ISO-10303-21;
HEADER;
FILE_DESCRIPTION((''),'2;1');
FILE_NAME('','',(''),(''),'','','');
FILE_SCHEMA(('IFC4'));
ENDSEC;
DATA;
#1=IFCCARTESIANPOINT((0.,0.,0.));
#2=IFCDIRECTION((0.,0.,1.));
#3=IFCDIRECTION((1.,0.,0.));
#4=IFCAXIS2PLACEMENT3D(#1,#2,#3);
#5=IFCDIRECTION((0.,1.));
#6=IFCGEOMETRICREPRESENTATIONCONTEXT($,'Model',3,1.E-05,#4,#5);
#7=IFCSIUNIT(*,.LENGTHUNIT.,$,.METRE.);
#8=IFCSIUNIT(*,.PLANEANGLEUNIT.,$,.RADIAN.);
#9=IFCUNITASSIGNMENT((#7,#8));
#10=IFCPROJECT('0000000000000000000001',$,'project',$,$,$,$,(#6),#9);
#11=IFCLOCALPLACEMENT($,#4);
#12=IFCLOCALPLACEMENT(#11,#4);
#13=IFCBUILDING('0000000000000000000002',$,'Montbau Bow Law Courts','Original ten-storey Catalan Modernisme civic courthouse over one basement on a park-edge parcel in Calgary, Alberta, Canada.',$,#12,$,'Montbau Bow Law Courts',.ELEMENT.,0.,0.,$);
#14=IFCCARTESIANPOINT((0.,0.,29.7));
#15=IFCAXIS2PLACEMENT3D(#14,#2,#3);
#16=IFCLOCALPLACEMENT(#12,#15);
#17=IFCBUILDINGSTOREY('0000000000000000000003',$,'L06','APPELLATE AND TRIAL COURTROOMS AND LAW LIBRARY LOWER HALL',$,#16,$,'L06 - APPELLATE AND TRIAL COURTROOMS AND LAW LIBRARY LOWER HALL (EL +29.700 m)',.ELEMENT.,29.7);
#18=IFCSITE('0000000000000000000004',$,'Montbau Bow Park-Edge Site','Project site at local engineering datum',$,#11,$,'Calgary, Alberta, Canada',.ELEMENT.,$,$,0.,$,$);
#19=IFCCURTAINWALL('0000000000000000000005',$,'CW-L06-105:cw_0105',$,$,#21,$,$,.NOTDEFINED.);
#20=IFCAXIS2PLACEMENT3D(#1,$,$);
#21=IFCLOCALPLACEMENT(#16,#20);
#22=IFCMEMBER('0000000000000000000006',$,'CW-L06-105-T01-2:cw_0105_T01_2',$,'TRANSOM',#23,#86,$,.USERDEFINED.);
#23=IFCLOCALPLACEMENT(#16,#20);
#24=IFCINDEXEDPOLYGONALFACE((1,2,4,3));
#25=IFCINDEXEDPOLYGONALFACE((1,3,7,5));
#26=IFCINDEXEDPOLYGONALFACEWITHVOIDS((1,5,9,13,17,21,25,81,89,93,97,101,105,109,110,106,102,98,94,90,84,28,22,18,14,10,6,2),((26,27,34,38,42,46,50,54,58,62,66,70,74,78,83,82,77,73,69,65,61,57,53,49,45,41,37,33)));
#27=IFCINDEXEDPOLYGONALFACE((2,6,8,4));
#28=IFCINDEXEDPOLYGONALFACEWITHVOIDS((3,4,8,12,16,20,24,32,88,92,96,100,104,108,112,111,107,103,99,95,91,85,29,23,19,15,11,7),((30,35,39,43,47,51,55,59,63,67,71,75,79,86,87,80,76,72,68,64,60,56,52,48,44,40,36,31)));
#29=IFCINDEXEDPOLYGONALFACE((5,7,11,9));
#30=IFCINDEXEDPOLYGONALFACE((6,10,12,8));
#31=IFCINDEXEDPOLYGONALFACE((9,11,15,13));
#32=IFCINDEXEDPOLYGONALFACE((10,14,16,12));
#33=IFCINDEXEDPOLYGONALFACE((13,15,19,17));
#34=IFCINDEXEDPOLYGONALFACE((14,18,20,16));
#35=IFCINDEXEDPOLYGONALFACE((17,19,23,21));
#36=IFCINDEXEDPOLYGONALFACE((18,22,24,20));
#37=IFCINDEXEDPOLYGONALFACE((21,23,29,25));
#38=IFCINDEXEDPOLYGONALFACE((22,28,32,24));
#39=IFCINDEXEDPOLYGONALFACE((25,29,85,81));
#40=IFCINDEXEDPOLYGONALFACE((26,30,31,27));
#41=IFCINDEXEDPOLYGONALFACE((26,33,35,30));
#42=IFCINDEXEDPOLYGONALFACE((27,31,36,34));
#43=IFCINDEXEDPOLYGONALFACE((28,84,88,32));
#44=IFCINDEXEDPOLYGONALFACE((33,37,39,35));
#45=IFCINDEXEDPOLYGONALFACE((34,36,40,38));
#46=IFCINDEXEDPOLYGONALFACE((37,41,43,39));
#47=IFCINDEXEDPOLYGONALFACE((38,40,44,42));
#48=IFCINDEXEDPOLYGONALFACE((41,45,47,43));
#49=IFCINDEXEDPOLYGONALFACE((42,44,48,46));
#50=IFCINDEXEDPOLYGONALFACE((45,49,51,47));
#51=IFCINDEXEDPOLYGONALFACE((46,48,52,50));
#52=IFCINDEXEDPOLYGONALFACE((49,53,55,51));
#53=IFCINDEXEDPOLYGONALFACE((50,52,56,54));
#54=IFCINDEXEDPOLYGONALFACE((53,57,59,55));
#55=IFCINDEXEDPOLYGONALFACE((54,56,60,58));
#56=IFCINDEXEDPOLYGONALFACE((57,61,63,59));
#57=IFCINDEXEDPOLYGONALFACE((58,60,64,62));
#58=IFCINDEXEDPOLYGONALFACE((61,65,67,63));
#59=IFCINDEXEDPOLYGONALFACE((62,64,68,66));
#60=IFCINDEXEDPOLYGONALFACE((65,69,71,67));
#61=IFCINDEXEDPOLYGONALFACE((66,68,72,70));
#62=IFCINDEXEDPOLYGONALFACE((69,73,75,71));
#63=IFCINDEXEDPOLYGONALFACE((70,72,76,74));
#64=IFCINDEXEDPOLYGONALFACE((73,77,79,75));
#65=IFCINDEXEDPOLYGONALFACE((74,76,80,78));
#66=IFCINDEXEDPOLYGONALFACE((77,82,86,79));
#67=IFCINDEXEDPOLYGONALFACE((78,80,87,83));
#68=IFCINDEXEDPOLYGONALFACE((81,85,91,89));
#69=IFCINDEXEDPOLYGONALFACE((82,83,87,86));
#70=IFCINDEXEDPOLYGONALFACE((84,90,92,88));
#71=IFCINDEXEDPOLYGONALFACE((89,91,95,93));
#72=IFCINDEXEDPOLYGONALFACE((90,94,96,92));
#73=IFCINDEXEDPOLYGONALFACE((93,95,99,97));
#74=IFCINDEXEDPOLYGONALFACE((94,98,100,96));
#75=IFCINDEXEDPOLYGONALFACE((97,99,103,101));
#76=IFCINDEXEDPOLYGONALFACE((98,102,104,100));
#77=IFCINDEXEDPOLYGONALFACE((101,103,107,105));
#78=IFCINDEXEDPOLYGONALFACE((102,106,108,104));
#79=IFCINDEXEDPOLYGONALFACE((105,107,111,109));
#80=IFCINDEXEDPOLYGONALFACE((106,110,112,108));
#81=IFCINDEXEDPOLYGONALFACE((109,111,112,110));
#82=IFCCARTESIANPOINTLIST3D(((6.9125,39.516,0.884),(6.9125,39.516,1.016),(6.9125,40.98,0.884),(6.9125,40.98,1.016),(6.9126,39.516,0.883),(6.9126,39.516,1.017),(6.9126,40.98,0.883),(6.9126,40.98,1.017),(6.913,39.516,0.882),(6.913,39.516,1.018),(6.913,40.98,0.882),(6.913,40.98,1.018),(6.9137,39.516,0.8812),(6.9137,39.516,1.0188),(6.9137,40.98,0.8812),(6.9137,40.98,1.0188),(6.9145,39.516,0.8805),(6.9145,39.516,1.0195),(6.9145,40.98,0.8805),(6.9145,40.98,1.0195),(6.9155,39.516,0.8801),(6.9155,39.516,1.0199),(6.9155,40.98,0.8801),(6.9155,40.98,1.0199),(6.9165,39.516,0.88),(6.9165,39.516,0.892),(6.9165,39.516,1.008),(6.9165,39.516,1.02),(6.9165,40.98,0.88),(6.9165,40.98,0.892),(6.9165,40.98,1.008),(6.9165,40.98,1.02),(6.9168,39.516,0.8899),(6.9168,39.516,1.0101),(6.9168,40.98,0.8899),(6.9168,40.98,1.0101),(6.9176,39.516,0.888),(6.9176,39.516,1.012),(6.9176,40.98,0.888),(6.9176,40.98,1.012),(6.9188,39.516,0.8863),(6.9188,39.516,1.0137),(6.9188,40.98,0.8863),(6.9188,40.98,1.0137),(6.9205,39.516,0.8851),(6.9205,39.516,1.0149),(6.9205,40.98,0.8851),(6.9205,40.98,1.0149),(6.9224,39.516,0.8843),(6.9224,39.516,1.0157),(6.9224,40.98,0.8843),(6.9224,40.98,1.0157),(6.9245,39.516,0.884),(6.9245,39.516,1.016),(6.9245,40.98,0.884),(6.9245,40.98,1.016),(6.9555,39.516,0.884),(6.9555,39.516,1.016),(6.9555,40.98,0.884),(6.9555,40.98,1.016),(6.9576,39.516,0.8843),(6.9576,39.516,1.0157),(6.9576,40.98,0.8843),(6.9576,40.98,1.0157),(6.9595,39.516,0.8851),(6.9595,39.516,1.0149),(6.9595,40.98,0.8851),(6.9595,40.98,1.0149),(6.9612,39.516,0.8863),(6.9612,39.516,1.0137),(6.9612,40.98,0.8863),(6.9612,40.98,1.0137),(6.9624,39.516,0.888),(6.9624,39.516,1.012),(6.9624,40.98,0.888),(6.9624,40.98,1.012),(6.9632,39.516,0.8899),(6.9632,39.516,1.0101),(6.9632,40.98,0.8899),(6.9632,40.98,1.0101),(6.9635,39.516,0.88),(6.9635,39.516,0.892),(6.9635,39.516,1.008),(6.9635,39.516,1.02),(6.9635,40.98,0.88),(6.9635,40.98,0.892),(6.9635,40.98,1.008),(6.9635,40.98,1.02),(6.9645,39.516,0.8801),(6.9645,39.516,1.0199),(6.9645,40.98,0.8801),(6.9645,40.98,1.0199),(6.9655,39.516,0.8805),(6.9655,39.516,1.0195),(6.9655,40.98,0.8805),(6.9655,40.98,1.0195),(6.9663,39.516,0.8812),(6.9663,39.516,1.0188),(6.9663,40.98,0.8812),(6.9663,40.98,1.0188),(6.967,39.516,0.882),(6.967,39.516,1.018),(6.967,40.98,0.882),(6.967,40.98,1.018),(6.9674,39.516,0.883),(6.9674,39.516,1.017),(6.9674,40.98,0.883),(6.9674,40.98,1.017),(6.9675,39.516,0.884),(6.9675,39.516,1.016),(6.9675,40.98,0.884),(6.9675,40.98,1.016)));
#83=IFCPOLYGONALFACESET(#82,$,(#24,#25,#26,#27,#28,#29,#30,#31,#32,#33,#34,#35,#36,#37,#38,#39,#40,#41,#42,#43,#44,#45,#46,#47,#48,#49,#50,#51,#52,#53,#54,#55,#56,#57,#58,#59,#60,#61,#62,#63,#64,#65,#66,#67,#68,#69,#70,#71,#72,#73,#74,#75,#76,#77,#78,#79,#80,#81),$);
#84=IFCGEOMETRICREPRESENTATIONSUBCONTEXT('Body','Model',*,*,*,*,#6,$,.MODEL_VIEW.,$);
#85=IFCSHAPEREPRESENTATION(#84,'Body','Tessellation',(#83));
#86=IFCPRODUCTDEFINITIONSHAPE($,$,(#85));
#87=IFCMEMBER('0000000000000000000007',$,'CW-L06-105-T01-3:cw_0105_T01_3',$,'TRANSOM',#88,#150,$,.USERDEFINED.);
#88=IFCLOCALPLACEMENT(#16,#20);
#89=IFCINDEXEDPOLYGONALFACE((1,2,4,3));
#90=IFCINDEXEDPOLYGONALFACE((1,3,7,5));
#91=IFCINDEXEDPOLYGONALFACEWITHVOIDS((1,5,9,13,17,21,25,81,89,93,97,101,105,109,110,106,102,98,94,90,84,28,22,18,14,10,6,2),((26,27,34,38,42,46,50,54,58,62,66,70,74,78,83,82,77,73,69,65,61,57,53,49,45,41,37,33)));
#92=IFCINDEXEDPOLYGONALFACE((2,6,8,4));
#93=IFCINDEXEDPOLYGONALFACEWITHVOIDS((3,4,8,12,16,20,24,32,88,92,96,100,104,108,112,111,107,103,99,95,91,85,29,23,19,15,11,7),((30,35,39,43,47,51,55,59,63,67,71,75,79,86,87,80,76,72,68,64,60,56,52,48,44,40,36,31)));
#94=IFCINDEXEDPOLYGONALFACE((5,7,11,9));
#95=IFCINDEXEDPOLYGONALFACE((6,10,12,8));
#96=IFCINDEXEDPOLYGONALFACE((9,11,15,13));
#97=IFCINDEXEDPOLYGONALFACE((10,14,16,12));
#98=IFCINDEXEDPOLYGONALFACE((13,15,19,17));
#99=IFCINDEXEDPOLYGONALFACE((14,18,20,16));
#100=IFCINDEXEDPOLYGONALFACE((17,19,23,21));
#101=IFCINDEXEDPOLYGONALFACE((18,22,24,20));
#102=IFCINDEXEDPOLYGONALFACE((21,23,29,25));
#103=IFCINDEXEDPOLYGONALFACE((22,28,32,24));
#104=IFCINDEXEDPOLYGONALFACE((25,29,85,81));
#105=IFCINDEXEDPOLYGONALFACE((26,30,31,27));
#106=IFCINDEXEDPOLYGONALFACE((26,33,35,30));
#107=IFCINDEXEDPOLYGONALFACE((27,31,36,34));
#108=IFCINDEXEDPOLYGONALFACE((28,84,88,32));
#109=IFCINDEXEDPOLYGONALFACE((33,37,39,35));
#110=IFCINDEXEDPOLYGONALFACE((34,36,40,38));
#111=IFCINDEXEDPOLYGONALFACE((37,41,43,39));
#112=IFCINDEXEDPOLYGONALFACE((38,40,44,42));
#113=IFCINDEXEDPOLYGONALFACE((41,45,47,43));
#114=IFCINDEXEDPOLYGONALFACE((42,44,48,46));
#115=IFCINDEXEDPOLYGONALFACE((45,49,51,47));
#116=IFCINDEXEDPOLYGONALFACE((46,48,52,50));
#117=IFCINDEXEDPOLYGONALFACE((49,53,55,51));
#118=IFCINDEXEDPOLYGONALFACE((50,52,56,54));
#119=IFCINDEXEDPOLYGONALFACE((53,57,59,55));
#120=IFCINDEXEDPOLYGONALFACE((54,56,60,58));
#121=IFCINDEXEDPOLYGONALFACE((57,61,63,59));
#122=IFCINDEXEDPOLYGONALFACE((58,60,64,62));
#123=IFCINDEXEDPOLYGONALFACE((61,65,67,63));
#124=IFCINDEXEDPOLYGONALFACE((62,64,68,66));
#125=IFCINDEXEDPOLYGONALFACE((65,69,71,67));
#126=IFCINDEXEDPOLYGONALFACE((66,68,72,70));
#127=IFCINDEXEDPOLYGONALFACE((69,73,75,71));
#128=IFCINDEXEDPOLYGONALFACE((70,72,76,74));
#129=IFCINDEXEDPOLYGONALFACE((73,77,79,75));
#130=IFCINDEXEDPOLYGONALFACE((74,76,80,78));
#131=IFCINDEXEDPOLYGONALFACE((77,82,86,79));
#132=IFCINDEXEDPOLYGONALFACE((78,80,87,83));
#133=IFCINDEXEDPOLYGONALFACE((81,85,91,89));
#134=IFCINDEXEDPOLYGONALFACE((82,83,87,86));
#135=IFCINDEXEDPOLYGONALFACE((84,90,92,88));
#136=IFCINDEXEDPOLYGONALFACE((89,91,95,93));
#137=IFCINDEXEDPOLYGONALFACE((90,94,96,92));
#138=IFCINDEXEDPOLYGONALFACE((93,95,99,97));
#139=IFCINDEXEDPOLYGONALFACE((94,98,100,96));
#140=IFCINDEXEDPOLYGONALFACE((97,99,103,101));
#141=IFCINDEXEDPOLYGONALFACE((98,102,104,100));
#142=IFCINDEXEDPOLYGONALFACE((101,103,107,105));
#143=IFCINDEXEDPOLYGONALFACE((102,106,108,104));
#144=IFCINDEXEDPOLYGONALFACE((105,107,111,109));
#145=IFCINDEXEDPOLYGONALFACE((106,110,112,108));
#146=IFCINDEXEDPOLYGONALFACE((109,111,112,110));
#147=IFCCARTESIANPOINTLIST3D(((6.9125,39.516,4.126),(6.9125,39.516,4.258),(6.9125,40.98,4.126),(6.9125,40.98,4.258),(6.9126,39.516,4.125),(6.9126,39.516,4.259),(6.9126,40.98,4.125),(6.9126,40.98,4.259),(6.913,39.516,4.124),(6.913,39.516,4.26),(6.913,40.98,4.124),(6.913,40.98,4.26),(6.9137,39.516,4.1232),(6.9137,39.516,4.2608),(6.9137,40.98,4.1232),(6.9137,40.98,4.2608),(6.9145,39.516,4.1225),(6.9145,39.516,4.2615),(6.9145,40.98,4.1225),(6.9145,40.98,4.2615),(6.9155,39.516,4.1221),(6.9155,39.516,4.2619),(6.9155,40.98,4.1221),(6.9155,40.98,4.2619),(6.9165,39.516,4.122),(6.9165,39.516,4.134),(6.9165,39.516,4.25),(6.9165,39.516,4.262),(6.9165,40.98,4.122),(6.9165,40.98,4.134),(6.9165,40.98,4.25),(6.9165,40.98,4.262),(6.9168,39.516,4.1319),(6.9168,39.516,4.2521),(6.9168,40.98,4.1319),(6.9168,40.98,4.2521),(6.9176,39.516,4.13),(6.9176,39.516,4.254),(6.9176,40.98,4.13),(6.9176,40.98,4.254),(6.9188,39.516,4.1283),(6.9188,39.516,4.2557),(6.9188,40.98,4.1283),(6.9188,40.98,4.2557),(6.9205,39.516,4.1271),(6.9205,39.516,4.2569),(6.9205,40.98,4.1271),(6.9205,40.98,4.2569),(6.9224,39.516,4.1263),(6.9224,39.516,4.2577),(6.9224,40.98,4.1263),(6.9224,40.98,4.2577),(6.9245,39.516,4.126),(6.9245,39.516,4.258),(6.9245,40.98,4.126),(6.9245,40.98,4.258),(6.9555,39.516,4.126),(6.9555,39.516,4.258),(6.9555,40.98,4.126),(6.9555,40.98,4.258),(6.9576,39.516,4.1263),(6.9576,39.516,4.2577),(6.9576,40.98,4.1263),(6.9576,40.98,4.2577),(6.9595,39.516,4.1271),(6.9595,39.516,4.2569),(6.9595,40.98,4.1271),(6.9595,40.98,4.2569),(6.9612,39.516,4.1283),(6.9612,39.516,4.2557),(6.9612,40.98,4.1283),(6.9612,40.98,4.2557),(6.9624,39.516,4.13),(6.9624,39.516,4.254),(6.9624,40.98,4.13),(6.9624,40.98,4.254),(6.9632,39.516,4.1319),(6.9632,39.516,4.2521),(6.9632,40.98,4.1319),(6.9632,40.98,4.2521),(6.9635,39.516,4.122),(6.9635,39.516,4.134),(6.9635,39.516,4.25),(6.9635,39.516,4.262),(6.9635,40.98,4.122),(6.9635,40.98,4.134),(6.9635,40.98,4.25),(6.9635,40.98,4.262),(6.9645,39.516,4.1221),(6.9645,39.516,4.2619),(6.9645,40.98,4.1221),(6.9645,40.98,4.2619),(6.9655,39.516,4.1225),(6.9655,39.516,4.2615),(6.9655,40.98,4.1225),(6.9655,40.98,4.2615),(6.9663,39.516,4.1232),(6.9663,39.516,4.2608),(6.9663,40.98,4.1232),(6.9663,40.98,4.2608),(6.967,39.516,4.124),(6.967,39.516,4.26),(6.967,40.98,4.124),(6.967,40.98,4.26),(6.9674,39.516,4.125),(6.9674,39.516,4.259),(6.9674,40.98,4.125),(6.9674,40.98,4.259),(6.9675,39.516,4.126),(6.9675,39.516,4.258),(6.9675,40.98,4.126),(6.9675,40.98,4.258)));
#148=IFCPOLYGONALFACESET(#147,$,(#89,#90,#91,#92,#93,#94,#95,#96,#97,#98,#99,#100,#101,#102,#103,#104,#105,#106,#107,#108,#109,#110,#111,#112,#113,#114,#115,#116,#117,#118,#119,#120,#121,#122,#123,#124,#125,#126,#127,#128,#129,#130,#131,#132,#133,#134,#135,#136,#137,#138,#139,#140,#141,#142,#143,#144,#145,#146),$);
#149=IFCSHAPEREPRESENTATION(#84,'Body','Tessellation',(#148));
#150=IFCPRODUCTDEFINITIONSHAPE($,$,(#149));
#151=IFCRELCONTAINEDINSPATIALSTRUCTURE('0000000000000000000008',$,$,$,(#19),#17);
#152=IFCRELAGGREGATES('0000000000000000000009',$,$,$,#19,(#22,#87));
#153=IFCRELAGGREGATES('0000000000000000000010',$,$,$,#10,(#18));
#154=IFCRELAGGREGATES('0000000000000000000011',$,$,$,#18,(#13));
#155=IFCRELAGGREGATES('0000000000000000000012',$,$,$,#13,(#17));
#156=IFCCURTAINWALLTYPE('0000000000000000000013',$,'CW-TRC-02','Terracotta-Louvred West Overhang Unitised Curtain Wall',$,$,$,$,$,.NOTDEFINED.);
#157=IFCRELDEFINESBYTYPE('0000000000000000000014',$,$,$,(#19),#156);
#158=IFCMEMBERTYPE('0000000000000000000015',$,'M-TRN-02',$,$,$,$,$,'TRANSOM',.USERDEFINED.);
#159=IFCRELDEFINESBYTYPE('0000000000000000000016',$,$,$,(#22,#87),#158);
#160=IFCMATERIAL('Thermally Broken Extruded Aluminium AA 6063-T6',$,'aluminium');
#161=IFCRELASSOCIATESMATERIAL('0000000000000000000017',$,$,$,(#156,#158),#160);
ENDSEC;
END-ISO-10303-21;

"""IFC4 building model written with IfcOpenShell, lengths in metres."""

from ifc_helpers import new_model, si_unit, direction, frame, origin_with_axes, origin_2d_with_axis, place, context, subcontext, project, spatial, hollow_rectangle, extrude, material, material_profile, profile_set, type_object, element, aggregate, save


model = new_model("IFC4")

# Units and contexts
model_context = context("Model", 3, precision=1e-05, world=origin_with_axes(), true_north=direction((0.0, 1.0)))
body_context = subcontext(model_context, "Body", "Model", "MODEL_VIEW")
ifc_project = project(units=[si_unit("LENGTHUNIT", "METRE"), si_unit("PLANEANGLEUNIT", "RADIAN")], contexts=[model_context])

# Site, building, storey
site_placement = place(None, origin_with_axes())
site = spatial("IfcSite", under=ifc_project, at=site_placement, Name="Montbau Bow Park-Edge Site", Description="Project site at local engineering datum", LongName="Calgary, Alberta, Canada", CompositionType="ELEMENT", RefElevation=0.0)
building_placement = place(site_placement, origin_with_axes())
building = spatial("IfcBuilding", under=site, at=building_placement, Name="Montbau Bow Law Courts", Description="Original ten-storey Catalan Modernisme civic courthouse over one basement on a park-edge parcel in Calgary, Alberta, Canada.", LongName="Montbau Bow Law Courts", CompositionType="ELEMENT", ElevationOfRefHeight=0.0, ElevationOfTerrain=0.0)
storey_placement = place(building_placement, frame((0.0, 0.0, 29.7), z_axis=(0.0, 0.0, 1.0), x_axis=(1.0, 0.0, 0.0)))
storey = spatial("IfcBuildingStorey", under=building, at=storey_placement, Name="L06", Description="APPELLATE AND TRIAL COURTROOMS AND LAW LIBRARY LOWER HALL", LongName="L06 - APPELLATE AND TRIAL COURTROOMS AND LAW LIBRARY LOWER HALL (EL +29.700 m)", CompositionType="ELEMENT", Elevation=29.7)

# Curtain wall
ifc_material_1 = material(Name="Thermally Broken Extruded Aluminium AA 6063-T6", Category="aluminium")
curtain_wall_type = type_object("IfcCurtainWallType", Name="CW-TRC-02", Description="Terracotta-Louvred West Overhang Unitised Curtain Wall", PredefinedType="NOTDEFINED", material=ifc_material_1)
curtain_wall_1_placement = place(None, frame((6.94, 39.44, 29.7), z_axis=(0.0, 0.0, 1.0), x_axis=(1.0, 0.0, 0.0)))
curtain_wall_1 = element("IfcCurtainWall", 1, at=curtain_wall_1_placement, inside=storey, type_object=curtain_wall_type, Name="CW-L06-105:cw_0105", PredefinedType="NOTDEFINED")

# Members
ifc_material_profile_1 = material_profile(ifc_material_1, hollow_rectangle(XDim=0.055, YDim=0.14, WallThickness=0.004, InnerFilletRadius=0.008, OuterFilletRadius=0.004, at=origin_2d_with_axis()), Name="CWT-140X55", Category="Main", Priority=0)
ifc_profile_set_1 = profile_set([ifc_material_profile_1], Name="Thermally Broken Extruded Aluminium AA 6063-T6")
member_type_1 = type_object("IfcMemberType", Name="M-TRN-02", ElementType="TRANSOM", PredefinedType="USERDEFINED", material=ifc_profile_set_1)
member_1_placement = place(None, frame((6.94, 39.516, 30.65), z_axis=(0.0, 1.0, 0.0), x_axis=(-1.0, 0.0, 0.0)))
member_1 = element("IfcMember", 2, at=member_1_placement, type_object=member_type_1, Name="CW-L06-105-T01-2:cw_0105_T01_2", ObjectType="TRANSOM", PredefinedType="USERDEFINED", context=body_context, shape_type="SweptSolid", body=[
    extrude(hollow_rectangle(XDim=0.055, YDim=0.14, WallThickness=0.004, InnerFilletRadius=0.008, OuterFilletRadius=0.004, at=origin_2d_with_axis()), origin_with_axes(), (0.0, 0.0, 1.0), 1.464),
])
member_2_placement = place(None, frame((6.94, 39.516, 33.892), z_axis=(0.0, 1.0, 0.0), x_axis=(-1.0, 0.0, 0.0)))
member_2 = element("IfcMember", 3, at=member_2_placement, type_object=member_type_1, Name="CW-L06-105-T01-3:cw_0105_T01_3", ObjectType="TRANSOM", PredefinedType="USERDEFINED", context=body_context, shape_type="SweptSolid", body=[
    extrude(hollow_rectangle(XDim=0.055, YDim=0.14, WallThickness=0.004, InnerFilletRadius=0.008, OuterFilletRadius=0.004, at=origin_2d_with_axis()), origin_with_axes(), (0.0, 0.0, 1.0), 1.464),
])

aggregate(curtain_wall_1, [member_1, member_2])

save(model, "model.ifc")
